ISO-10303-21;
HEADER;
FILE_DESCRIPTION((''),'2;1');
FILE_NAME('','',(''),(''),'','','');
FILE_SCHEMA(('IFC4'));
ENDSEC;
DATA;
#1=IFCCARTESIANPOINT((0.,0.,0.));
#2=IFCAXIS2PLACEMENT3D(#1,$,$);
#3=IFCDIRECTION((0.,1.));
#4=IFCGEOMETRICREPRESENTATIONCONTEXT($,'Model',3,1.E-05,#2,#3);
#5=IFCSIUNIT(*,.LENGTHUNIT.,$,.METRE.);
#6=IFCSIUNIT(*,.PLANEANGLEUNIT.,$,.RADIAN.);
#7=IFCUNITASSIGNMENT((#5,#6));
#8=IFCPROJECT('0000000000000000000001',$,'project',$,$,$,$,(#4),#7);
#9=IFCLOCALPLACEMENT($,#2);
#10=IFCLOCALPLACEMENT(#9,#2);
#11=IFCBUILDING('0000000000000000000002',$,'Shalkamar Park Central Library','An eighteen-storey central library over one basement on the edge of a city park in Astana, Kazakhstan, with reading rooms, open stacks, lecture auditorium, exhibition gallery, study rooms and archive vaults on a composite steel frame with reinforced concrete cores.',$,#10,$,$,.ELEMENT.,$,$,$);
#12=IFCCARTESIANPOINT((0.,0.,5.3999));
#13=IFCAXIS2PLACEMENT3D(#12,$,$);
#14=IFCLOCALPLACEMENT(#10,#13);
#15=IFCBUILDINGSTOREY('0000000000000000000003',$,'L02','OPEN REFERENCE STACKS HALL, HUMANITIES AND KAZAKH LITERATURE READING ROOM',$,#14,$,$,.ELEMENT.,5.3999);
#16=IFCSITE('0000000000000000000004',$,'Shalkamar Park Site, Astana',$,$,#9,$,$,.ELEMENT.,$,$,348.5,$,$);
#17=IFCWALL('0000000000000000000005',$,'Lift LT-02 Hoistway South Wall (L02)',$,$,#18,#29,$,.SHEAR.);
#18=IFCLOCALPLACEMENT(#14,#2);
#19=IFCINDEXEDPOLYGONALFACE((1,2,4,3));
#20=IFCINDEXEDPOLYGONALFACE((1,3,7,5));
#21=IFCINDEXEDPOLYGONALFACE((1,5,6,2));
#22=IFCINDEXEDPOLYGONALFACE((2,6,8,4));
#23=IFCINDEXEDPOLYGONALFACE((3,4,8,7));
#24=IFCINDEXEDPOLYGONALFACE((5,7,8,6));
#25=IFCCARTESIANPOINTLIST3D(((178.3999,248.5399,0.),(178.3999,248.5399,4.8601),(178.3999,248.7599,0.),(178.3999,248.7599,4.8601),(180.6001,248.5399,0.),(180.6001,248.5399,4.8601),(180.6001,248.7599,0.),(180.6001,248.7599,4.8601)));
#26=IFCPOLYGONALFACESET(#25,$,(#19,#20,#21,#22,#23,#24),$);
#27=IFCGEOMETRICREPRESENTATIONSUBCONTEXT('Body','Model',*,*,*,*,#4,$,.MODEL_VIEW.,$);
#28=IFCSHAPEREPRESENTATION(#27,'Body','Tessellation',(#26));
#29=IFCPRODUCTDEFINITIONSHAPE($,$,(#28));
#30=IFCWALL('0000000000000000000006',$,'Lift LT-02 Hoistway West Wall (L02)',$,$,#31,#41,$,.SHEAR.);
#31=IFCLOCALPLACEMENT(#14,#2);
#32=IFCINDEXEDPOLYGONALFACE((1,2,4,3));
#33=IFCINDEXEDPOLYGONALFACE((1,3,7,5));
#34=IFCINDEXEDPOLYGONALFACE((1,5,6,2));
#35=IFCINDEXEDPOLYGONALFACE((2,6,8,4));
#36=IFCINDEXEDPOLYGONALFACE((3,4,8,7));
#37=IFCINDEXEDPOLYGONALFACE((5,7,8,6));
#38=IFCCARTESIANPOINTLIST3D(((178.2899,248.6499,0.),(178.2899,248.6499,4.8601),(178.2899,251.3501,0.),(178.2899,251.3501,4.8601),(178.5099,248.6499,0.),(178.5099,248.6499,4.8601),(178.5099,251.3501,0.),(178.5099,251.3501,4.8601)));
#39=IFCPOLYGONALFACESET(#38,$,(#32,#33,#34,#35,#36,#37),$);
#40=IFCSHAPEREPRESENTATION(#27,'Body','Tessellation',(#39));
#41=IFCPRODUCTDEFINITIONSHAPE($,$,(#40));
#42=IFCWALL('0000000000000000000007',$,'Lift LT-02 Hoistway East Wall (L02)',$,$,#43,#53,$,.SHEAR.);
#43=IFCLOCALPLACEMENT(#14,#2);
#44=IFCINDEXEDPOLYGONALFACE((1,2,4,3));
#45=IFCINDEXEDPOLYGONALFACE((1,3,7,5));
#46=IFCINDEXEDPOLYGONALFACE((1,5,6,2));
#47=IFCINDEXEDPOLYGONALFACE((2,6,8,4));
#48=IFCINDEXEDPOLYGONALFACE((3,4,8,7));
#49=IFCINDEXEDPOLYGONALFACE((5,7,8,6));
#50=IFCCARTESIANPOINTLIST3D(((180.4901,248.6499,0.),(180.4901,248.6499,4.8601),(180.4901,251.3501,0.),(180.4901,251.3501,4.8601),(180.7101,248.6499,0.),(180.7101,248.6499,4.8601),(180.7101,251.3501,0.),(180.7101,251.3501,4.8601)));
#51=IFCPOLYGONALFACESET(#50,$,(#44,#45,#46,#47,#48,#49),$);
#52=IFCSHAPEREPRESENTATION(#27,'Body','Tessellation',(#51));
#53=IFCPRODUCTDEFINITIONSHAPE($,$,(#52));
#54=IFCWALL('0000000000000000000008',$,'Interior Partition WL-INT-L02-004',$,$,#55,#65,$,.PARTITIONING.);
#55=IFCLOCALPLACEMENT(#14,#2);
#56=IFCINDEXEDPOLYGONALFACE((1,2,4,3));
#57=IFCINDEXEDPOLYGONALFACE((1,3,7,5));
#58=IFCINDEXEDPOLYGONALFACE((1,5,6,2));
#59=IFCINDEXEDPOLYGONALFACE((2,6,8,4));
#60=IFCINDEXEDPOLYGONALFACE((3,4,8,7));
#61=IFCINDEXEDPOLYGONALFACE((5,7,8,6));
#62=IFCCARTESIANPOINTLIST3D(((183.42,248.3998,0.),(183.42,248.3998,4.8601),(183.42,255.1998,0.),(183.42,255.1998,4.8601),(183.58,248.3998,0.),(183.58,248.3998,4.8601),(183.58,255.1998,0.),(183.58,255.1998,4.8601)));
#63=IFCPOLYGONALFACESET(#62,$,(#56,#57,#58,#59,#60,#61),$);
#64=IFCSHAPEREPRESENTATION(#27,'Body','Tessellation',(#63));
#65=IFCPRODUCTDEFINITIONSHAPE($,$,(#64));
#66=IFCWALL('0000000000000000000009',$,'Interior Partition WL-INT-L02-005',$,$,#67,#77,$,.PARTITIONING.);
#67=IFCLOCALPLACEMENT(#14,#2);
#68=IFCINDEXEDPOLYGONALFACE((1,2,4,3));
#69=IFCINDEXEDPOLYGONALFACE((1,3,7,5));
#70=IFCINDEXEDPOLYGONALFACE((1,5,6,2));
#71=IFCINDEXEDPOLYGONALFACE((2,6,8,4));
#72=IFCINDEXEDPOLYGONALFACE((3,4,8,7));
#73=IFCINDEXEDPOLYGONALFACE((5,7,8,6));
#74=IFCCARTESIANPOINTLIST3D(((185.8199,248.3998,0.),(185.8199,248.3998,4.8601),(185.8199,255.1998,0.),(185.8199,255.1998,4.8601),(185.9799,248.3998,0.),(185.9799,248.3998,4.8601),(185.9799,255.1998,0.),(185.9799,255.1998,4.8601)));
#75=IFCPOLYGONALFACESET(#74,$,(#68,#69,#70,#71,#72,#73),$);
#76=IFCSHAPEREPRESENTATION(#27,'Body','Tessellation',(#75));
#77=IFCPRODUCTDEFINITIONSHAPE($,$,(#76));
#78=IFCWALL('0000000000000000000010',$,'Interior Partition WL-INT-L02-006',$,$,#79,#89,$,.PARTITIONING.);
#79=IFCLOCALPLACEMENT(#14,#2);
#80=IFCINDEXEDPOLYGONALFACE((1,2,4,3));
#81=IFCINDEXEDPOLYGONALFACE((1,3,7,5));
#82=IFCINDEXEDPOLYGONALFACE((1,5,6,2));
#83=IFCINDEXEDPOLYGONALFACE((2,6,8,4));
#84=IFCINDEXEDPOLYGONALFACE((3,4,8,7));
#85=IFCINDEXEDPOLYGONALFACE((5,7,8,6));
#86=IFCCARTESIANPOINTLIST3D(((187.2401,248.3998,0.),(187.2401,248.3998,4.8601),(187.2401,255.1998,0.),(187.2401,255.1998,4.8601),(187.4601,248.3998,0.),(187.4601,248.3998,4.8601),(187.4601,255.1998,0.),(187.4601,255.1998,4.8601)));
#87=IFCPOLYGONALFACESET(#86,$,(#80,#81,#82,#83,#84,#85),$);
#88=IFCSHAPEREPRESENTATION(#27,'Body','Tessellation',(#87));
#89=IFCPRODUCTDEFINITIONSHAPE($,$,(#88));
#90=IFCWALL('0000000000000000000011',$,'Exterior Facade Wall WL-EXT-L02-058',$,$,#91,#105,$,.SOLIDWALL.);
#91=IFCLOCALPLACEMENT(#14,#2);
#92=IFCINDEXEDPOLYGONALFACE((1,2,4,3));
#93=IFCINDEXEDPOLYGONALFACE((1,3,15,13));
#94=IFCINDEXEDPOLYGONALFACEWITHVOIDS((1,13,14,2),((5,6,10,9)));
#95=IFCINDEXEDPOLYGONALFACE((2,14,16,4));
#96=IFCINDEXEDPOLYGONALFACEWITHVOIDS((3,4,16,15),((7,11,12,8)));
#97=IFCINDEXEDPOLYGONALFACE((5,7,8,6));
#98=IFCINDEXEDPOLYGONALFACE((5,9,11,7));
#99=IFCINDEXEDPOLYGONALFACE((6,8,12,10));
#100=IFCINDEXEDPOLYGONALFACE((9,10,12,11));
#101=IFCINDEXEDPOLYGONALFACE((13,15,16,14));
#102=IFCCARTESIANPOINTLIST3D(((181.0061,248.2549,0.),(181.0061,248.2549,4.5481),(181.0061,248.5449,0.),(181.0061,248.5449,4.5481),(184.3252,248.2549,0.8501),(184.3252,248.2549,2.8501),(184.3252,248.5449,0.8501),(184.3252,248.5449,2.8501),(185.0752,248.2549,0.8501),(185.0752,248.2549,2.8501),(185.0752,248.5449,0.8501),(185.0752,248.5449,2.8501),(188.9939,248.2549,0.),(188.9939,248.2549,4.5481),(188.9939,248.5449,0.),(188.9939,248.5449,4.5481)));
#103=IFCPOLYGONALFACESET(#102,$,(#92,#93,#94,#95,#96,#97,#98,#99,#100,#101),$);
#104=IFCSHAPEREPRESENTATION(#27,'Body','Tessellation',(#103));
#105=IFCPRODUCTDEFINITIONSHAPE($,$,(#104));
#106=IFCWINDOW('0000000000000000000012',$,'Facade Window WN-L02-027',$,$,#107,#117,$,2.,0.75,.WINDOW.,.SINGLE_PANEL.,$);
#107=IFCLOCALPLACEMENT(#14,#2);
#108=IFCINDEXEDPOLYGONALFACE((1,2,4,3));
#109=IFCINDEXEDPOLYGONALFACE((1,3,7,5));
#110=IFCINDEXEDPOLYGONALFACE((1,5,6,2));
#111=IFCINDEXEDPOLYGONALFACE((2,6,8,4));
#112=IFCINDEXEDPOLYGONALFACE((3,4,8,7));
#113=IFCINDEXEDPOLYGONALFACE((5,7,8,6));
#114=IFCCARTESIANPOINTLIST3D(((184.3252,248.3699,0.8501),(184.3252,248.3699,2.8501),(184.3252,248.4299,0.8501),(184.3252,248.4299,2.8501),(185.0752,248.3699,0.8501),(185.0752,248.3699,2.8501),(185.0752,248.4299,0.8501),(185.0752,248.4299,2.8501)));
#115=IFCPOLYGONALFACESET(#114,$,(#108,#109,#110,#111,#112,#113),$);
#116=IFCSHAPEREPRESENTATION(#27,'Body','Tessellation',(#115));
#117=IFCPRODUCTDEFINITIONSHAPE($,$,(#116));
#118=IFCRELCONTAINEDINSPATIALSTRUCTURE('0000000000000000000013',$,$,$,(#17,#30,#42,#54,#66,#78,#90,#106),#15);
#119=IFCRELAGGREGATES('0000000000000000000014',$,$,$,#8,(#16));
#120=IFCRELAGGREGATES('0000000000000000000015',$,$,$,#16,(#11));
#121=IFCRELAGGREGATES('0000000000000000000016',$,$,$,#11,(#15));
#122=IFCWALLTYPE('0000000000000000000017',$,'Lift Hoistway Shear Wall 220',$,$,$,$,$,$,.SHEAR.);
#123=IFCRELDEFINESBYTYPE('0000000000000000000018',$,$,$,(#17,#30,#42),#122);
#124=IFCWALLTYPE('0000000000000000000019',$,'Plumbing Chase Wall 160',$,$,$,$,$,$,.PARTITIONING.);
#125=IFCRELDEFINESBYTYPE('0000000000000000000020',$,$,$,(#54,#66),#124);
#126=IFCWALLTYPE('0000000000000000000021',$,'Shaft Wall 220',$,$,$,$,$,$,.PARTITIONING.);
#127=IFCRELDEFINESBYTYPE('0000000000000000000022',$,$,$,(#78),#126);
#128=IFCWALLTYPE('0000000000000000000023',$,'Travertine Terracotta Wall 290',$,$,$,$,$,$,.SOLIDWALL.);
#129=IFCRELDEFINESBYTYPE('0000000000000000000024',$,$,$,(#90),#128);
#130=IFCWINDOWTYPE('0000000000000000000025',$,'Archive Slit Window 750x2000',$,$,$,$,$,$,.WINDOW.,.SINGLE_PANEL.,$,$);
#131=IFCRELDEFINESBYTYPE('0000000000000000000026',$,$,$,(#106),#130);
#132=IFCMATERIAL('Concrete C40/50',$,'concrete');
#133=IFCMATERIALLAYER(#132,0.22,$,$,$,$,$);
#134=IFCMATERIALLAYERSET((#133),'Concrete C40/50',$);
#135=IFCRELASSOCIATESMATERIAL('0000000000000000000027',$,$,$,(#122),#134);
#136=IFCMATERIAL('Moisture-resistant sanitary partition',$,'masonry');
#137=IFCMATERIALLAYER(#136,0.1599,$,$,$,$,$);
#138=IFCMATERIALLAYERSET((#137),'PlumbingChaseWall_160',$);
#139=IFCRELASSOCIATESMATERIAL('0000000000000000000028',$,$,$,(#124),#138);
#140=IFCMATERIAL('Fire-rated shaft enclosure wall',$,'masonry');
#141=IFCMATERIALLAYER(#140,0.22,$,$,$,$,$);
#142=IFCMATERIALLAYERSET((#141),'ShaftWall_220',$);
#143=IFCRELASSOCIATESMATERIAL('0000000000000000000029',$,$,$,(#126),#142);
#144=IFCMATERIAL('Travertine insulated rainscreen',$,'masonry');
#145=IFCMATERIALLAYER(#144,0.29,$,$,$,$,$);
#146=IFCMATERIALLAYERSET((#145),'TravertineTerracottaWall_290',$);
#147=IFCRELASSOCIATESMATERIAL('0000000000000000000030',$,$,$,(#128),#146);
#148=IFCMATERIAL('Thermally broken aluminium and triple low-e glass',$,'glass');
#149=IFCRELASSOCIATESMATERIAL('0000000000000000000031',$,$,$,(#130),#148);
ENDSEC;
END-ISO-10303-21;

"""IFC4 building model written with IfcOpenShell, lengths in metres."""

from ifc_helpers import new_model, si_unit, direction, frame, frame_2d, origin, place, context, subcontext, project, spatial, rectangle, extrude, material, layer, layer_set, type_object, element, fill, save


model = new_model("IFC4")

# Units and contexts
model_context = context("Model", 3, precision=1e-05, world=origin(), true_north=direction((0.0, 1.0)))
body_context = subcontext(model_context, "Body", "Model", "MODEL_VIEW")
ifc_project = project(units=[si_unit("LENGTHUNIT", "METRE"), si_unit("PLANEANGLEUNIT", "RADIAN")], contexts=[model_context])

# Site, building, storey
site_placement = place(None, origin())
site = spatial("IfcSite", under=ifc_project, at=site_placement, Name="Shalkamar Park Site, Astana", CompositionType="ELEMENT", RefElevation=348.5)
building_placement = place(site_placement, origin())
building = spatial("IfcBuilding", under=site, at=building_placement, Name="Shalkamar Park Central Library", Description="An eighteen-storey central library over one basement on the edge of a city park in Astana, Kazakhstan, with reading rooms, open stacks, lecture auditorium, exhibition gallery, study rooms and archive vaults on a composite steel frame with reinforced concrete cores.", CompositionType="ELEMENT")
storey_placement = place(building_placement, frame((0.0, 0.0, 5.3999)))
storey = spatial("IfcBuildingStorey", under=building, at=storey_placement, Name="L02", Description="OPEN REFERENCE STACKS HALL, HUMANITIES AND KAZAKH LITERATURE READING ROOM", CompositionType="ELEMENT", Elevation=5.3999)

# Shared definitions
ifc_material_1 = material(Name="Concrete C40/50", Category="concrete")
ifc_layer_1 = layer(ifc_material_1, 0.22)
ifc_layer_set_1 = layer_set([ifc_layer_1], Name="Concrete C40/50")
wall_type_1 = type_object("IfcWallType", Name="Lift Hoistway Shear Wall 220", PredefinedType="SHEAR", material=ifc_layer_set_1)

# Walls
wall_1_placement = place(storey_placement, frame((178.3999, 248.6499, 0.0), z_axis=(0.0, 0.0, 1.0), x_axis=(1.0, 0.0, 0.0)))
element("IfcWall", 1, at=wall_1_placement, inside=storey, type_object=wall_type_1, Name="Lift LT-02 Hoistway South Wall (L02)", PredefinedType="SHEAR", context=body_context, shape_type="SweptSolid", body=[
    extrude(rectangle(XDim=2.2002, YDim=0.22, at=frame_2d((1.1001, 0.0))), origin(), (0.0, 0.0, 1.0), 4.8601),
])
for number, where, z_axis, x_axis, name in (
    (2, (178.3999, 248.6499, 0.0), (0.0, 0.0, 1.0), (0.0, 1.0, 0.0), "Lift LT-02 Hoistway West Wall (L02)"),
    (3, (180.6001, 248.6499, 0.0), (0.0, 0.0, 1.0), (0.0, 1.0, 0.0), "Lift LT-02 Hoistway East Wall (L02)"),
):
    element("IfcWall", number, at=place(storey_placement, frame(where, z_axis=z_axis, x_axis=x_axis)), inside=storey, type_object=wall_type_1, Name=name, PredefinedType="SHEAR", context=body_context, shape_type="SweptSolid", body=[
        extrude(rectangle(XDim=2.7002, YDim=0.22, at=frame_2d((1.3501, 0.0))), origin(), (0.0, 0.0, 1.0), 4.8601),
    ])

# Walls
ifc_material_2 = material(Name="Moisture-resistant sanitary partition", Category="masonry")
ifc_layer_2 = layer(ifc_material_2, 0.1599)
ifc_layer_set_2 = layer_set([ifc_layer_2], Name="PlumbingChaseWall_160")
wall_type_2 = type_object("IfcWallType", Name="Plumbing Chase Wall 160", PredefinedType="PARTITIONING", material=ifc_layer_set_2)
for number, where, z_axis, x_axis, name in (
    (4, (183.5, 248.3999, 0.0), (0.0, 0.0, 1.0), (0.0, 1.0, 0.0), "Interior Partition WL-INT-L02-004"),
    (5, (185.8999, 248.3999, 0.0), (0.0, 0.0, 1.0), (0.0, 1.0, 0.0), "Interior Partition WL-INT-L02-005"),
):
    element("IfcWall", number, at=place(storey_placement, frame(where, z_axis=z_axis, x_axis=x_axis)), inside=storey, type_object=wall_type_2, Name=name, PredefinedType="PARTITIONING", context=body_context, shape_type="SweptSolid", body=[
        extrude(rectangle(XDim=6.8, YDim=0.1599, at=frame_2d((3.3999, 0.0))), origin(), (0.0, 0.0, 1.0), 4.8601),
    ])
ifc_material_3 = material(Name="Fire-rated shaft enclosure wall", Category="masonry")
ifc_layer_3 = layer(ifc_material_3, 0.22)
ifc_layer_set_3 = layer_set([ifc_layer_3], Name="ShaftWall_220")
wall_type_3 = type_object("IfcWallType", Name="Shaft Wall 220", PredefinedType="PARTITIONING", material=ifc_layer_set_3)
wall_2_placement = place(storey_placement, frame((187.3501, 248.3999, 0.0), z_axis=(0.0, 0.0, 1.0), x_axis=(0.0, 1.0, 0.0)))
element("IfcWall", 6, at=wall_2_placement, inside=storey, type_object=wall_type_3, Name="Interior Partition WL-INT-L02-006", PredefinedType="PARTITIONING", context=body_context, shape_type="SweptSolid", body=[
    extrude(rectangle(XDim=6.8, YDim=0.22, at=frame_2d((3.3999, 0.0))), origin(), (0.0, 0.0, 1.0), 4.8601),
])

# Wall, opening, window
ifc_material_4 = material(Name="Travertine insulated rainscreen", Category="masonry")
ifc_layer_4 = layer(ifc_material_4, 0.29)
ifc_layer_set_4 = layer_set([ifc_layer_4], Name="TravertineTerracottaWall_290")
wall_type_4 = type_object("IfcWallType", Name="Travertine Terracotta Wall 290", PredefinedType="SOLIDWALL", material=ifc_layer_set_4)
wall_3_placement = place(storey_placement, frame((181.0061, 248.3999, 0.0), z_axis=(0.0, 0.0, 1.0), x_axis=(1.0, 0.0, 0.0)))
wall_3 = element("IfcWall", 7, at=wall_3_placement, inside=storey, type_object=wall_type_4, Name="Exterior Facade Wall WL-EXT-L02-058", PredefinedType="SOLIDWALL", context=body_context, shape_type="SweptSolid", body=[
    extrude(rectangle(XDim=7.9878, YDim=0.29, at=frame_2d((3.9939, 0.0))), origin(), (0.0, 0.0, 1.0), 4.5481),
])
opening_1_placement = place(wall_3_placement, frame((3.3191, 0.0, 0.8501)))
opening_1 = element("IfcOpeningElement", 8, at=opening_1_placement, cuts=wall_3, PredefinedType="OPENING", context=body_context, shape_type="SweptSolid", body=[
    extrude(rectangle(XDim=0.75, YDim=2.0, at=frame_2d((0.375, 1.0))), frame((0.0, 0.1599, 0.0), z_axis=(0.0, -1.0, 0.0), x_axis=(1.0, 0.0, 0.0)), (0.0, 0.0, 1.0), 0.3198),
])
ifc_material_5 = material(Name="Thermally broken aluminium and triple low-e glass", Category="glass")
window_type = type_object("IfcWindowType", Name="Archive Slit Window 750x2000", PartitioningType="SINGLE_PANEL", PredefinedType="WINDOW", material=ifc_material_5)
window_placement = place(opening_1_placement, origin())
window = element("IfcWindow", 9, at=window_placement, inside=storey, type_object=window_type, Name="Facade Window WN-L02-027", OverallHeight=2.0, OverallWidth=0.75, PartitioningType="SINGLE_PANEL", PredefinedType="WINDOW", context=body_context, shape_type="SweptSolid", body=[
    extrude(rectangle(XDim=0.75, YDim=2.0, at=frame_2d((0.375, 1.0))), frame((0.0, 0.03, 0.0), z_axis=(0.0, -1.0, 0.0), x_axis=(1.0, 0.0, 0.0)), (0.0, 0.0, 1.0), 0.0601),
])
fill(opening_1, window)

save(model, "model.ifc")
